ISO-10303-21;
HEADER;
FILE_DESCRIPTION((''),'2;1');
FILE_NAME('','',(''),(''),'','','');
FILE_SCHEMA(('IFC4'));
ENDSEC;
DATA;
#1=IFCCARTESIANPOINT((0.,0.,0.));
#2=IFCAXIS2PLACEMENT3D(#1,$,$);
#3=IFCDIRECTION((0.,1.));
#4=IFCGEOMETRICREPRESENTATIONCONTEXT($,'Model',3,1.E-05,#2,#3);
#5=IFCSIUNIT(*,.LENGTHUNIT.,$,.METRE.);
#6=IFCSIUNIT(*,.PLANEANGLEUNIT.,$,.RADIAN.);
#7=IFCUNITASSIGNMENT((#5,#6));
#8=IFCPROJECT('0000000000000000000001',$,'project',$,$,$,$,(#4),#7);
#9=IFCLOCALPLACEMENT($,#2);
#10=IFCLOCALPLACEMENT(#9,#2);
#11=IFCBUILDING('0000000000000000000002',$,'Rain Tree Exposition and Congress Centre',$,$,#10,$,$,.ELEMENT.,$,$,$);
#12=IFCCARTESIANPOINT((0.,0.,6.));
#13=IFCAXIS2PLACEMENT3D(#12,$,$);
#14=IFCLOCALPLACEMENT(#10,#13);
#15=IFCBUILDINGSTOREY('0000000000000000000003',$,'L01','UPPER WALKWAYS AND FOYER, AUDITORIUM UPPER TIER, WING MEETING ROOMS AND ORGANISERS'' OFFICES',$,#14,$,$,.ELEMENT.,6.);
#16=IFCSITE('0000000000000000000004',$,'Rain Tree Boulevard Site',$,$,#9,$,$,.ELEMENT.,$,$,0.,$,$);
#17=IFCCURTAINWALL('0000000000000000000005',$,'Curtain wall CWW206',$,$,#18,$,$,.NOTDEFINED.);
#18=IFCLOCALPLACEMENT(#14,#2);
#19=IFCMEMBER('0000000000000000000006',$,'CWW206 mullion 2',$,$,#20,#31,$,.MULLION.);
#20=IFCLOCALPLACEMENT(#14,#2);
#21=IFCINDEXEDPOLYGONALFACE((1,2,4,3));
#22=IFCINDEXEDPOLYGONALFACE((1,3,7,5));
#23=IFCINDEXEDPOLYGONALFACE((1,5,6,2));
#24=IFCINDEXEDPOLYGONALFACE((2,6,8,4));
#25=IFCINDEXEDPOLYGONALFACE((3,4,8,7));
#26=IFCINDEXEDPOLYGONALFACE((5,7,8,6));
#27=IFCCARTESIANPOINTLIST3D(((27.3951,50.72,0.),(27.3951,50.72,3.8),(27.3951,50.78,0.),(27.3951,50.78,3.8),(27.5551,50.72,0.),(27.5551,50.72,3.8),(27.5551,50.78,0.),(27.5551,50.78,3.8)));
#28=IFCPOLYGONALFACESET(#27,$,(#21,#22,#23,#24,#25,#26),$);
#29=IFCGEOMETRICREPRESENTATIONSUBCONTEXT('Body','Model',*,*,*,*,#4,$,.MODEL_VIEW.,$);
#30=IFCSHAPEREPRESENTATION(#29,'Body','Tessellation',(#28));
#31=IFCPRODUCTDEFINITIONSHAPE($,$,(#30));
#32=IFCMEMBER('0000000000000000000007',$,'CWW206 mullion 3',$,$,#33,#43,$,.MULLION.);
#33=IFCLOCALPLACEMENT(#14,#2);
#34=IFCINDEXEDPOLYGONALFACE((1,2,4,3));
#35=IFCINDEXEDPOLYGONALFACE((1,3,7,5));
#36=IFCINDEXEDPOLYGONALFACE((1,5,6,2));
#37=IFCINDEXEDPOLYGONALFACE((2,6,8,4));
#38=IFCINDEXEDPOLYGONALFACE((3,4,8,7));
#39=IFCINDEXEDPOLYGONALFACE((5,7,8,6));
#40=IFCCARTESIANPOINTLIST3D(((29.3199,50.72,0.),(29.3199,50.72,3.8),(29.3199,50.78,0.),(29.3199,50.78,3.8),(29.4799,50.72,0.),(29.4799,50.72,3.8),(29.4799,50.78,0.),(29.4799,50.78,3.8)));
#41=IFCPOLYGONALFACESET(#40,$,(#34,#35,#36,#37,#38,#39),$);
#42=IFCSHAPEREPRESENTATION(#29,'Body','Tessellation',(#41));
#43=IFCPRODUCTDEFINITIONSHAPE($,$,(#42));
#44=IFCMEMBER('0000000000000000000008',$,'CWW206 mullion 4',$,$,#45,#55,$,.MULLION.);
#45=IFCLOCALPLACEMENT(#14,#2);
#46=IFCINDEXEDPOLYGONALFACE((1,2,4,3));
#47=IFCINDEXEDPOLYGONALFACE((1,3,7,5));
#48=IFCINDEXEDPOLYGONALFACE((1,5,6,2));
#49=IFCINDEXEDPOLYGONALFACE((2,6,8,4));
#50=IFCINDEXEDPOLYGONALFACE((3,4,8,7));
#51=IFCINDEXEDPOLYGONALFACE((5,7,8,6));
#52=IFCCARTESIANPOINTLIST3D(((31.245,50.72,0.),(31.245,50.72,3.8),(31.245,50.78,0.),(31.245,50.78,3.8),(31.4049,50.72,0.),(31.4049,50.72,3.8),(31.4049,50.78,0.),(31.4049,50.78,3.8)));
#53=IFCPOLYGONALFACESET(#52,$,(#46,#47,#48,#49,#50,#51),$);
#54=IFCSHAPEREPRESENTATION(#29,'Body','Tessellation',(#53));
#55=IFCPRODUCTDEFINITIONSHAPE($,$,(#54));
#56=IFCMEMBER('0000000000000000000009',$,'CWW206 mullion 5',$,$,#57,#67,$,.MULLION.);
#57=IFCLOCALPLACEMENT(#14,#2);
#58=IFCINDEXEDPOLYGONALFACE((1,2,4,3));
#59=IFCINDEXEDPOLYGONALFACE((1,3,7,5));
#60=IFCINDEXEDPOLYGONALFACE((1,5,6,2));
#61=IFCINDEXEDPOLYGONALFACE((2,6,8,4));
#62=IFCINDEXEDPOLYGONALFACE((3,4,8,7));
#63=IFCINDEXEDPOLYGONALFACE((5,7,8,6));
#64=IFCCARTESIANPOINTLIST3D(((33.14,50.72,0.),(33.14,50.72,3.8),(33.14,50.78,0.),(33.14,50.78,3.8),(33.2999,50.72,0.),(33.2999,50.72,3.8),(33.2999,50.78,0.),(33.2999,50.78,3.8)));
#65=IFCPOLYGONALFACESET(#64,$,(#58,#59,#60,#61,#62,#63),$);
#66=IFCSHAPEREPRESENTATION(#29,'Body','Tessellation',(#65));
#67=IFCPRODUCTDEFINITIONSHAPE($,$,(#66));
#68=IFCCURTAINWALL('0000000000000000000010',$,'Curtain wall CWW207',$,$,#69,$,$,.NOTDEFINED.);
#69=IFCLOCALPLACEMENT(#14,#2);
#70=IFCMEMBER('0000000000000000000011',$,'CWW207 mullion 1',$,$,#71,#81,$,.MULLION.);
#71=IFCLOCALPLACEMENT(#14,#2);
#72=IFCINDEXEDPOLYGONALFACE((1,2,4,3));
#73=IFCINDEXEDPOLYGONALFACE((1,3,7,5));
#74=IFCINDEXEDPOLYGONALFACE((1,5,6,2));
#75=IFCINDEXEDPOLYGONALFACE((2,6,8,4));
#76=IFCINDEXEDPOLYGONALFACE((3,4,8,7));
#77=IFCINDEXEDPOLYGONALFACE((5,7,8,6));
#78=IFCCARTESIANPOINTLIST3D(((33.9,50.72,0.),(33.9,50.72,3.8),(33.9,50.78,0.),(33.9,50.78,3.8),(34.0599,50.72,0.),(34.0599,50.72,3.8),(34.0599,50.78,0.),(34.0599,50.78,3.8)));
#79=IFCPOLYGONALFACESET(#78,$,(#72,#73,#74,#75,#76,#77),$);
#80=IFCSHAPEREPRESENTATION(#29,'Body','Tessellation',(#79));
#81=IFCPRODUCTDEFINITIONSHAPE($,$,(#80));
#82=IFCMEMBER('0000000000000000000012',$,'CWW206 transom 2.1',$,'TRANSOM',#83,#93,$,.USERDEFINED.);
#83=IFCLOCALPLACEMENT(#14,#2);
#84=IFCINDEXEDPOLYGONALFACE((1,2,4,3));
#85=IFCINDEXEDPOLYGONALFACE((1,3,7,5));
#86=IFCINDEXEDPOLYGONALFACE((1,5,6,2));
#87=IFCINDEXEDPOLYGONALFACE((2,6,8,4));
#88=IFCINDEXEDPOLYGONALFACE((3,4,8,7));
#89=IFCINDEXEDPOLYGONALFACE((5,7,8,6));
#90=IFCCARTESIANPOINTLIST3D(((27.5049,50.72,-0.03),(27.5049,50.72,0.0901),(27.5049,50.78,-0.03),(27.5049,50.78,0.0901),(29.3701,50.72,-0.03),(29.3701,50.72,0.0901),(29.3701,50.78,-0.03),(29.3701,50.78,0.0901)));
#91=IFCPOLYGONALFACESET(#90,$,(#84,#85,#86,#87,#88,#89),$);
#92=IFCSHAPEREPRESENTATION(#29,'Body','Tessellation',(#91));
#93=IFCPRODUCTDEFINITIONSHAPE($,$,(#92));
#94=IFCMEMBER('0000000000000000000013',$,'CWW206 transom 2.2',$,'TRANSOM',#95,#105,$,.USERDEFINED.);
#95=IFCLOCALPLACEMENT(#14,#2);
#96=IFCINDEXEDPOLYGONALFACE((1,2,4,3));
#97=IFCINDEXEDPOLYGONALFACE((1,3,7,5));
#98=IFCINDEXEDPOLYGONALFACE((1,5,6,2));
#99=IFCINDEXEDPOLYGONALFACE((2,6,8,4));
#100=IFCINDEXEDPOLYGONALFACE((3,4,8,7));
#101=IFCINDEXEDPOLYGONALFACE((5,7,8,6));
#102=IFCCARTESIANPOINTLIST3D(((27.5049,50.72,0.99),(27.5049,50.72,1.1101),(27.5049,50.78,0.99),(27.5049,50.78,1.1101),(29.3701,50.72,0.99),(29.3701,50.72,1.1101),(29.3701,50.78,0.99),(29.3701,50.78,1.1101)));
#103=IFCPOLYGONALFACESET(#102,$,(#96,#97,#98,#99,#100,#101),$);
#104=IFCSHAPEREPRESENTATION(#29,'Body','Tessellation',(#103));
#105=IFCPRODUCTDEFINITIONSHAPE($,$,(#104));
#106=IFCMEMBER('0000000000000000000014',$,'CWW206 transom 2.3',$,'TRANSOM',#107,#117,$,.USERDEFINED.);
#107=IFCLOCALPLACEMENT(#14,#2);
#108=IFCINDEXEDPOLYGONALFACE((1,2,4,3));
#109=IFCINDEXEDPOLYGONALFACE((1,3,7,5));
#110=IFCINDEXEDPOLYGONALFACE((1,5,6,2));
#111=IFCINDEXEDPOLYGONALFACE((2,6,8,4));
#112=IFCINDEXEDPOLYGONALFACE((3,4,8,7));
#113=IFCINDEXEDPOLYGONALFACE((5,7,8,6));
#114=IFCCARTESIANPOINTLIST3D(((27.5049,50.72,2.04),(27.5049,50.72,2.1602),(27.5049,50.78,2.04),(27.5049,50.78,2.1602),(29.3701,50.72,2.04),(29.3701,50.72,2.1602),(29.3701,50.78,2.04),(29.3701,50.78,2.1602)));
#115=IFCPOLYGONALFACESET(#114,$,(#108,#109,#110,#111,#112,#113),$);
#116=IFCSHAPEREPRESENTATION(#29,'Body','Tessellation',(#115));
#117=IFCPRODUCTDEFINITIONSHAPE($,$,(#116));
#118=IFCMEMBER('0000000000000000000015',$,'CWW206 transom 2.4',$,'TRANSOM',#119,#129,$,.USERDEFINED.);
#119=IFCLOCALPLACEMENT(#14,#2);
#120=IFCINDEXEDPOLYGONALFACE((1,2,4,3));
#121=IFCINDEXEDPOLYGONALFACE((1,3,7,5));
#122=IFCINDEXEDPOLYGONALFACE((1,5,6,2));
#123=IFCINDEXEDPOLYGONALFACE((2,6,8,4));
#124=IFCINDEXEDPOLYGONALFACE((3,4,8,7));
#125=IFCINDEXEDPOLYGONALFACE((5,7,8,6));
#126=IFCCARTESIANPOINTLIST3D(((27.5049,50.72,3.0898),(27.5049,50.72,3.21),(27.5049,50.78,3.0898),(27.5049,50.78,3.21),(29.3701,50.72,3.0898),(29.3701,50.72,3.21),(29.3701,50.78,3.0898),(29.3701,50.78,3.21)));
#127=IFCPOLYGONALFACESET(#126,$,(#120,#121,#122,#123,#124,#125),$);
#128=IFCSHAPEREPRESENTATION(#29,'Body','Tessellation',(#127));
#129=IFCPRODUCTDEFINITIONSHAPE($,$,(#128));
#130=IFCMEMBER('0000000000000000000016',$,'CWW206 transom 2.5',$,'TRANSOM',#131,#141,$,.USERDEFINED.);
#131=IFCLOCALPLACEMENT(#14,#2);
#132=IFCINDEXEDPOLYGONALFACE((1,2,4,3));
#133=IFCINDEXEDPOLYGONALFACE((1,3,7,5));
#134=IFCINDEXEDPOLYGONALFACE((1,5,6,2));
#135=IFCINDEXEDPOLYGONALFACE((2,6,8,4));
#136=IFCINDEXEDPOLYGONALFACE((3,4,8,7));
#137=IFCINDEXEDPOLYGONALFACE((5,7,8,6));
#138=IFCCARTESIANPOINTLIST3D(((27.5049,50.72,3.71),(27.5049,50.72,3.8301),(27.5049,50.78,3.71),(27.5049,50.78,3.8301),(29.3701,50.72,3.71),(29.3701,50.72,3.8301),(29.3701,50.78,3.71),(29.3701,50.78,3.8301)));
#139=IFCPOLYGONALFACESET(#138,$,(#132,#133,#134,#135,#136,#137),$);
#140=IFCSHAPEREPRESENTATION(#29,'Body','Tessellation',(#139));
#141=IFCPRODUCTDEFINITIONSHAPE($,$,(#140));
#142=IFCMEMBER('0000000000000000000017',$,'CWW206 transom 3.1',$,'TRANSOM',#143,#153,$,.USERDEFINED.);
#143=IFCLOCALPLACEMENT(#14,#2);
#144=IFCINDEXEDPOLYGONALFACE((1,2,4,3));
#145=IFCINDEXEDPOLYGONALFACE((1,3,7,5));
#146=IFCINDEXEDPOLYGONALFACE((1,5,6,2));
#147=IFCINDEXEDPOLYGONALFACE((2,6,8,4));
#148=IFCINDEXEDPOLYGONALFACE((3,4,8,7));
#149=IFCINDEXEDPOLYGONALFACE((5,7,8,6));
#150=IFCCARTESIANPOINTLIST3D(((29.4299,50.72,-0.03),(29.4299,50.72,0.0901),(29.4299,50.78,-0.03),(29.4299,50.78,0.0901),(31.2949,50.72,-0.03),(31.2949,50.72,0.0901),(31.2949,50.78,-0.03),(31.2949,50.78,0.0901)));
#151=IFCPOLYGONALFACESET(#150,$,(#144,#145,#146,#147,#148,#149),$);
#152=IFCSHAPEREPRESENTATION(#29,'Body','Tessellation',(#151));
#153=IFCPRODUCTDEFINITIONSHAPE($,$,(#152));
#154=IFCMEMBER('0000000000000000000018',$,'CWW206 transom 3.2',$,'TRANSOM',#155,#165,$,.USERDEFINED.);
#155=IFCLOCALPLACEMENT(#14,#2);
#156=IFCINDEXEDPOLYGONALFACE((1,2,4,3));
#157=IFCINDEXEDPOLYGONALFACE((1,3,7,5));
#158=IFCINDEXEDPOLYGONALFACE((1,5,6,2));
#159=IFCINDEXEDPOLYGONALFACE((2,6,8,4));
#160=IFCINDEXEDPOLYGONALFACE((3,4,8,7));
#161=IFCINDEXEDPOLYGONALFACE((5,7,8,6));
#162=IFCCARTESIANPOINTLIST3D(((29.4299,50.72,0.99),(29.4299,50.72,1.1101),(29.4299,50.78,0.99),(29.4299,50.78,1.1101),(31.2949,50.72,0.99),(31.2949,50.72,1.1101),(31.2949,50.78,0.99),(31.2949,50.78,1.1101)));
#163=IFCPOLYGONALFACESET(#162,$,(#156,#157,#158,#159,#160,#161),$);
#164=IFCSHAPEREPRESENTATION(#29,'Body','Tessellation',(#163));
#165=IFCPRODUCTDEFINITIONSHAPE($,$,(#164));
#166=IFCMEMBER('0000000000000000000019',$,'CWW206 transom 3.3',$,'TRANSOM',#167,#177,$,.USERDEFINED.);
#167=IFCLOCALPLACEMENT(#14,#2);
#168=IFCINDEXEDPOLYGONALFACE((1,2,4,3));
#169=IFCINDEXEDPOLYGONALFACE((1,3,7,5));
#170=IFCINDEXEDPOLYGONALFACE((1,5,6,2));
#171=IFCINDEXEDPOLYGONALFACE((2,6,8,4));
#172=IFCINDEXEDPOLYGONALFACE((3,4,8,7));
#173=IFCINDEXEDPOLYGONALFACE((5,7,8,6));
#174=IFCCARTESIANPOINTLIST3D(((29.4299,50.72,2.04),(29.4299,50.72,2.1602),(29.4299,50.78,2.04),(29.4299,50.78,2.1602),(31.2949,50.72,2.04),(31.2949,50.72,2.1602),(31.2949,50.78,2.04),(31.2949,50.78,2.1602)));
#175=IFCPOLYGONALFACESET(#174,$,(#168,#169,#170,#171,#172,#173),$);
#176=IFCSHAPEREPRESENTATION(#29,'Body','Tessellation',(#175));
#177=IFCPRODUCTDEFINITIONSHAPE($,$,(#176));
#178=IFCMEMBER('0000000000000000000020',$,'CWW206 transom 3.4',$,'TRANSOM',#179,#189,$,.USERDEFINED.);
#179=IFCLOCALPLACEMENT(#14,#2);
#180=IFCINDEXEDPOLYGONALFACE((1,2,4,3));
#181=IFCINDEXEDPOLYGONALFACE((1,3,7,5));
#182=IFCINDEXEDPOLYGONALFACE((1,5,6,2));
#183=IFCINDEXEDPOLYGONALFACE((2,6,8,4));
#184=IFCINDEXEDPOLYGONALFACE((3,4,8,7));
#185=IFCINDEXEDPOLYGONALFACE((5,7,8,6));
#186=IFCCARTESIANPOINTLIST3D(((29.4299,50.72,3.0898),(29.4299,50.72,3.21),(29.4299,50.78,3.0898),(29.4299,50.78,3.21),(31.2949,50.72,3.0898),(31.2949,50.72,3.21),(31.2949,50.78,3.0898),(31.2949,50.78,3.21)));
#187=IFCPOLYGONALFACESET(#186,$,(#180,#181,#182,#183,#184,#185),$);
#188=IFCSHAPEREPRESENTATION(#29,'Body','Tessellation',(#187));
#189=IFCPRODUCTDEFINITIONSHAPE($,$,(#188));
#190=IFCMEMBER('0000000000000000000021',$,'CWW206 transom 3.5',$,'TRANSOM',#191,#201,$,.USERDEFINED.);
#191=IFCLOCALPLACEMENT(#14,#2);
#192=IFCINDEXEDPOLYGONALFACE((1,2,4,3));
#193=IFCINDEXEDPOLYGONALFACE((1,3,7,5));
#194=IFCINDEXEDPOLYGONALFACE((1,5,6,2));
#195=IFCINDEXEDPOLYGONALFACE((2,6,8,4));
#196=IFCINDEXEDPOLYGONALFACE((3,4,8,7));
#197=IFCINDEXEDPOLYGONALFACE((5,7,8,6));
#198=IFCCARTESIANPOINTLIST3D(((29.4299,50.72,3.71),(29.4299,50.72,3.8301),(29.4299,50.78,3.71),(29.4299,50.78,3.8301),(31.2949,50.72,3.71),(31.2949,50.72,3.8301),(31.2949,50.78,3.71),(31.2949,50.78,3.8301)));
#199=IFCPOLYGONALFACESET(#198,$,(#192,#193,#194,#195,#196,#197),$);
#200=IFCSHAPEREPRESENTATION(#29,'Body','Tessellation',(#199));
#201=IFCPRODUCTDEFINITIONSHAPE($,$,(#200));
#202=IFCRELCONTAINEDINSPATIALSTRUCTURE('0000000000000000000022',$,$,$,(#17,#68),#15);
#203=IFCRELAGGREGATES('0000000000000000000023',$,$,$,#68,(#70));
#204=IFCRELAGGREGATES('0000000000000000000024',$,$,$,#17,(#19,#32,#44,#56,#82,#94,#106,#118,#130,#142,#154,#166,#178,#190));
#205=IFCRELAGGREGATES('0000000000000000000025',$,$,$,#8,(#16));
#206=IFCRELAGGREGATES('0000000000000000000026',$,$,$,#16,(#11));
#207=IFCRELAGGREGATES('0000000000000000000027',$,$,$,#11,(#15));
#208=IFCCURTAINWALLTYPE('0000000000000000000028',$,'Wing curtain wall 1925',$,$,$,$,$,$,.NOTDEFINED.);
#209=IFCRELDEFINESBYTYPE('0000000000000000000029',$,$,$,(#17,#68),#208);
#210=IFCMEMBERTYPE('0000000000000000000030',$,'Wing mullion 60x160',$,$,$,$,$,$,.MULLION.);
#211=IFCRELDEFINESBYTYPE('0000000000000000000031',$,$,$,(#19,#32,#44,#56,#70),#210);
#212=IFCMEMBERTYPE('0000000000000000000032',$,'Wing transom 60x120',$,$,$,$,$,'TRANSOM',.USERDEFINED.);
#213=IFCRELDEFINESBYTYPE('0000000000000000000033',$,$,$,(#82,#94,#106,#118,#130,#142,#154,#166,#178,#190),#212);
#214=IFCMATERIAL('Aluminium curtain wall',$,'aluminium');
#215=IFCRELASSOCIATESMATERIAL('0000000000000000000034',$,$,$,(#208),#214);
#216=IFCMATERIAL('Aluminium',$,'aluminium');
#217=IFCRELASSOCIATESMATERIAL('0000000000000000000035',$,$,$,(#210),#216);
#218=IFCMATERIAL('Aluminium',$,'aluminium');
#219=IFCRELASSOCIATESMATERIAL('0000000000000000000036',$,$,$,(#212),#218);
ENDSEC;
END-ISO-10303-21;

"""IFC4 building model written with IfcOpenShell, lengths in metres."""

from ifc_helpers import new_model, si_unit, direction, frame, origin, origin_2d, place, context, subcontext, project, spatial, rectangle, extrude, material, material_profile, profile_set, type_object, element, aggregate, save


model = new_model("IFC4")

# Units and contexts
model_context = context("Model", 3, precision=1e-05, world=origin(), true_north=direction((0.0, 1.0)))
body_context = subcontext(model_context, "Body", "Model", "MODEL_VIEW")
ifc_project = project(units=[si_unit("LENGTHUNIT", "METRE"), si_unit("PLANEANGLEUNIT", "RADIAN")], contexts=[model_context])

# Site, building, storey
site_placement = place(None, origin())
site = spatial("IfcSite", under=ifc_project, at=site_placement, Name="Rain Tree Boulevard Site", CompositionType="ELEMENT", RefElevation=0.0)
building_placement = place(site_placement, origin())
building = spatial("IfcBuilding", under=site, at=building_placement, Name="Rain Tree Exposition and Congress Centre", CompositionType="ELEMENT")
storey_placement = place(building_placement, frame((0.0, 0.0, 6.0)))
storey = spatial("IfcBuildingStorey", under=building, at=storey_placement, Name="L01", Description="UPPER WALKWAYS AND FOYER, AUDITORIUM UPPER TIER, WING MEETING ROOMS AND ORGANISERS' OFFICES", CompositionType="ELEMENT", Elevation=6.0)

# Curtain wall, members
ifc_material_1 = material(Name="Aluminium curtain wall", Category="aluminium")
curtain_wall_type = type_object("IfcCurtainWallType", Name="Wing curtain wall 1925", PredefinedType="NOTDEFINED", material=ifc_material_1)
curtain_wall_1_placement = place(storey_placement, origin())
curtain_wall_1 = element("IfcCurtainWall", 1, at=curtain_wall_1_placement, inside=storey, type_object=curtain_wall_type, Name="Curtain wall CWW206", PredefinedType="NOTDEFINED")
ifc_material_2 = material(Name="Aluminium", Category="aluminium")
ifc_material_profile_1 = material_profile(ifc_material_2, rectangle(XDim=0.0601, YDim=0.1599, at=origin_2d()), Name="Aluminium 60x160")
ifc_profile_set_1 = profile_set([ifc_material_profile_1], Name="Aluminium")
member_type_1 = type_object("IfcMemberType", Name="Wing mullion 60x160", PredefinedType="MULLION", material=ifc_profile_set_1)
member_1_placement = place(storey_placement, frame((27.4751, 50.75, 0.0), z_axis=(0.0, 0.0, 1.0), x_axis=(0.0, 1.0, 0.0)))
member_1 = element("IfcMember", 2, at=member_1_placement, type_object=member_type_1, Name="CWW206 mullion 2", PredefinedType="MULLION", context=body_context, shape_type="SweptSolid", body=[
    extrude(rectangle(XDim=0.0601, YDim=0.1599, at=origin_2d()), origin(), (0.0, 0.0, 1.0), 3.8),
])
member_2_placement = place(storey_placement, frame((29.3999, 50.75, 0.0), z_axis=(0.0, 0.0, 1.0), x_axis=(0.0, 1.0, 0.0)))
member_2 = element("IfcMember", 3, at=member_2_placement, type_object=member_type_1, Name="CWW206 mullion 3", PredefinedType="MULLION", context=body_context, shape_type="SweptSolid", body=[
    extrude(rectangle(XDim=0.0601, YDim=0.1599, at=origin_2d()), origin(), (0.0, 0.0, 1.0), 3.8),
])
member_3_placement = place(storey_placement, frame((31.325, 50.75, 0.0), z_axis=(0.0, 0.0, 1.0), x_axis=(0.0, 1.0, 0.0)))
member_3 = element("IfcMember", 4, at=member_3_placement, type_object=member_type_1, Name="CWW206 mullion 4", PredefinedType="MULLION", context=body_context, shape_type="SweptSolid", body=[
    extrude(rectangle(XDim=0.0601, YDim=0.1599, at=origin_2d()), origin(), (0.0, 0.0, 1.0), 3.8),
])
member_4_placement = place(storey_placement, frame((33.22, 50.75, 0.0), z_axis=(0.0, 0.0, 1.0), x_axis=(0.0, 1.0, 0.0)))
member_4 = element("IfcMember", 5, at=member_4_placement, type_object=member_type_1, Name="CWW206 mullion 5", PredefinedType="MULLION", context=body_context, shape_type="SweptSolid", body=[
    extrude(rectangle(XDim=0.0601, YDim=0.1599, at=origin_2d()), origin(), (0.0, 0.0, 1.0), 3.8),
])

# Curtain wall, member
curtain_wall_2_placement = place(storey_placement, origin())
curtain_wall_2 = element("IfcCurtainWall", 6, at=curtain_wall_2_placement, inside=storey, type_object=curtain_wall_type, Name="Curtain wall CWW207", PredefinedType="NOTDEFINED")
member_5_placement = place(storey_placement, frame((33.98, 50.75, 0.0), z_axis=(0.0, 0.0, 1.0), x_axis=(0.0, 1.0, 0.0)))
member_5 = element("IfcMember", 7, at=member_5_placement, type_object=member_type_1, Name="CWW207 mullion 1", PredefinedType="MULLION", context=body_context, shape_type="SweptSolid", body=[
    extrude(rectangle(XDim=0.0601, YDim=0.1599, at=origin_2d()), origin(), (0.0, 0.0, 1.0), 3.8),
])
aggregate(curtain_wall_2, [member_5])

# Members
ifc_material_3 = material(Name="Aluminium", Category="aluminium")
ifc_material_profile_2 = material_profile(ifc_material_3, rectangle(XDim=0.0601, YDim=0.1201, at=origin_2d()), Name="Aluminium 60x120")
ifc_profile_set_2 = profile_set([ifc_material_profile_2], Name="Aluminium")
member_type_2 = type_object("IfcMemberType", Name="Wing transom 60x120", ElementType="TRANSOM", PredefinedType="USERDEFINED", material=ifc_profile_set_2)
member_6_placement = place(storey_placement, frame((27.5049, 50.75, 0.03), z_axis=(1.0, 0.0, 0.0), x_axis=(0.0, 1.0, 0.0)))
member_6 = element("IfcMember", 8, at=member_6_placement, type_object=member_type_2, Name="CWW206 transom 2.1", ObjectType="TRANSOM", PredefinedType="USERDEFINED", context=body_context, shape_type="SweptSolid", body=[
    extrude(rectangle(XDim=0.0601, YDim=0.1201, at=origin_2d()), origin(), (0.0, 0.0, 1.0), 1.8652),
])
member_7_placement = place(storey_placement, frame((27.5049, 50.75, 1.05), z_axis=(1.0, 0.0, 0.0), x_axis=(0.0, 1.0, 0.0)))
member_7 = element("IfcMember", 9, at=member_7_placement, type_object=member_type_2, Name="CWW206 transom 2.2", ObjectType="TRANSOM", PredefinedType="USERDEFINED", context=body_context, shape_type="SweptSolid", body=[
    extrude(rectangle(XDim=0.0601, YDim=0.1201, at=origin_2d()), origin(), (0.0, 0.0, 1.0), 1.8652),
])
member_8_placement = place(storey_placement, frame((27.5049, 50.75, 2.1001), z_axis=(1.0, 0.0, 0.0), x_axis=(0.0, 1.0, 0.0)))
member_8 = element("IfcMember", 10, at=member_8_placement, type_object=member_type_2, Name="CWW206 transom 2.3", ObjectType="TRANSOM", PredefinedType="USERDEFINED", context=body_context, shape_type="SweptSolid", body=[
    extrude(rectangle(XDim=0.0601, YDim=0.1201, at=origin_2d()), origin(), (0.0, 0.0, 1.0), 1.8652),
])
member_9_placement = place(storey_placement, frame((27.5049, 50.75, 3.1499), z_axis=(1.0, 0.0, 0.0), x_axis=(0.0, 1.0, 0.0)))
member_9 = element("IfcMember", 11, at=member_9_placement, type_object=member_type_2, Name="CWW206 transom 2.4", ObjectType="TRANSOM", PredefinedType="USERDEFINED", context=body_context, shape_type="SweptSolid", body=[
    extrude(rectangle(XDim=0.0601, YDim=0.1201, at=origin_2d()), origin(), (0.0, 0.0, 1.0), 1.8652),
])
member_10_placement = place(storey_placement, frame((27.5049, 50.75, 3.77), z_axis=(1.0, 0.0, 0.0), x_axis=(0.0, 1.0, 0.0)))
member_10 = element("IfcMember", 12, at=member_10_placement, type_object=member_type_2, Name="CWW206 transom 2.5", ObjectType="TRANSOM", PredefinedType="USERDEFINED", context=body_context, shape_type="SweptSolid", body=[
    extrude(rectangle(XDim=0.0601, YDim=0.1201, at=origin_2d()), origin(), (0.0, 0.0, 1.0), 1.8652),
])
member_11_placement = place(storey_placement, frame((29.4299, 50.75, 0.03), z_axis=(1.0, 0.0, 0.0), x_axis=(0.0, 1.0, 0.0)))
member_11 = element("IfcMember", 13, at=member_11_placement, type_object=member_type_2, Name="CWW206 transom 3.1", ObjectType="TRANSOM", PredefinedType="USERDEFINED", context=body_context, shape_type="SweptSolid", body=[
    extrude(rectangle(XDim=0.0601, YDim=0.1201, at=origin_2d()), origin(), (0.0, 0.0, 1.0), 1.865),
])
member_12_placement = place(storey_placement, frame((29.4299, 50.75, 1.05), z_axis=(1.0, 0.0, 0.0), x_axis=(0.0, 1.0, 0.0)))
member_12 = element("IfcMember", 14, at=member_12_placement, type_object=member_type_2, Name="CWW206 transom 3.2", ObjectType="TRANSOM", PredefinedType="USERDEFINED", context=body_context, shape_type="SweptSolid", body=[
    extrude(rectangle(XDim=0.0601, YDim=0.1201, at=origin_2d()), origin(), (0.0, 0.0, 1.0), 1.865),
])
member_13_placement = place(storey_placement, frame((29.4299, 50.75, 2.1001), z_axis=(1.0, 0.0, 0.0), x_axis=(0.0, 1.0, 0.0)))
member_13 = element("IfcMember", 15, at=member_13_placement, type_object=member_type_2, Name="CWW206 transom 3.3", ObjectType="TRANSOM", PredefinedType="USERDEFINED", context=body_context, shape_type="SweptSolid", body=[
    extrude(rectangle(XDim=0.0601, YDim=0.1201, at=origin_2d()), origin(), (0.0, 0.0, 1.0), 1.865),
])
member_14_placement = place(storey_placement, frame((29.4299, 50.75, 3.1499), z_axis=(1.0, 0.0, 0.0), x_axis=(0.0, 1.0, 0.0)))
member_14 = element("IfcMember", 16, at=member_14_placement, type_object=member_type_2, Name="CWW206 transom 3.4", ObjectType="TRANSOM", PredefinedType="USERDEFINED", context=body_context, shape_type="SweptSolid", body=[
    extrude(rectangle(XDim=0.0601, YDim=0.1201, at=origin_2d()), origin(), (0.0, 0.0, 1.0), 1.865),
])
member_15_placement = place(storey_placement, frame((29.4299, 50.75, 3.77), z_axis=(1.0, 0.0, 0.0), x_axis=(0.0, 1.0, 0.0)))
member_15 = element("IfcMember", 17, at=member_15_placement, type_object=member_type_2, Name="CWW206 transom 3.5", ObjectType="TRANSOM", PredefinedType="USERDEFINED", context=body_context, shape_type="SweptSolid", body=[
    extrude(rectangle(XDim=0.0601, YDim=0.1201, at=origin_2d()), origin(), (0.0, 0.0, 1.0), 1.865),
])

aggregate(curtain_wall_1, [member_1, member_2, member_3, member_4, member_6, member_7, member_8, member_9, member_10, member_11, member_12, member_13, member_14, member_15])

save(model, "model.ifc")
